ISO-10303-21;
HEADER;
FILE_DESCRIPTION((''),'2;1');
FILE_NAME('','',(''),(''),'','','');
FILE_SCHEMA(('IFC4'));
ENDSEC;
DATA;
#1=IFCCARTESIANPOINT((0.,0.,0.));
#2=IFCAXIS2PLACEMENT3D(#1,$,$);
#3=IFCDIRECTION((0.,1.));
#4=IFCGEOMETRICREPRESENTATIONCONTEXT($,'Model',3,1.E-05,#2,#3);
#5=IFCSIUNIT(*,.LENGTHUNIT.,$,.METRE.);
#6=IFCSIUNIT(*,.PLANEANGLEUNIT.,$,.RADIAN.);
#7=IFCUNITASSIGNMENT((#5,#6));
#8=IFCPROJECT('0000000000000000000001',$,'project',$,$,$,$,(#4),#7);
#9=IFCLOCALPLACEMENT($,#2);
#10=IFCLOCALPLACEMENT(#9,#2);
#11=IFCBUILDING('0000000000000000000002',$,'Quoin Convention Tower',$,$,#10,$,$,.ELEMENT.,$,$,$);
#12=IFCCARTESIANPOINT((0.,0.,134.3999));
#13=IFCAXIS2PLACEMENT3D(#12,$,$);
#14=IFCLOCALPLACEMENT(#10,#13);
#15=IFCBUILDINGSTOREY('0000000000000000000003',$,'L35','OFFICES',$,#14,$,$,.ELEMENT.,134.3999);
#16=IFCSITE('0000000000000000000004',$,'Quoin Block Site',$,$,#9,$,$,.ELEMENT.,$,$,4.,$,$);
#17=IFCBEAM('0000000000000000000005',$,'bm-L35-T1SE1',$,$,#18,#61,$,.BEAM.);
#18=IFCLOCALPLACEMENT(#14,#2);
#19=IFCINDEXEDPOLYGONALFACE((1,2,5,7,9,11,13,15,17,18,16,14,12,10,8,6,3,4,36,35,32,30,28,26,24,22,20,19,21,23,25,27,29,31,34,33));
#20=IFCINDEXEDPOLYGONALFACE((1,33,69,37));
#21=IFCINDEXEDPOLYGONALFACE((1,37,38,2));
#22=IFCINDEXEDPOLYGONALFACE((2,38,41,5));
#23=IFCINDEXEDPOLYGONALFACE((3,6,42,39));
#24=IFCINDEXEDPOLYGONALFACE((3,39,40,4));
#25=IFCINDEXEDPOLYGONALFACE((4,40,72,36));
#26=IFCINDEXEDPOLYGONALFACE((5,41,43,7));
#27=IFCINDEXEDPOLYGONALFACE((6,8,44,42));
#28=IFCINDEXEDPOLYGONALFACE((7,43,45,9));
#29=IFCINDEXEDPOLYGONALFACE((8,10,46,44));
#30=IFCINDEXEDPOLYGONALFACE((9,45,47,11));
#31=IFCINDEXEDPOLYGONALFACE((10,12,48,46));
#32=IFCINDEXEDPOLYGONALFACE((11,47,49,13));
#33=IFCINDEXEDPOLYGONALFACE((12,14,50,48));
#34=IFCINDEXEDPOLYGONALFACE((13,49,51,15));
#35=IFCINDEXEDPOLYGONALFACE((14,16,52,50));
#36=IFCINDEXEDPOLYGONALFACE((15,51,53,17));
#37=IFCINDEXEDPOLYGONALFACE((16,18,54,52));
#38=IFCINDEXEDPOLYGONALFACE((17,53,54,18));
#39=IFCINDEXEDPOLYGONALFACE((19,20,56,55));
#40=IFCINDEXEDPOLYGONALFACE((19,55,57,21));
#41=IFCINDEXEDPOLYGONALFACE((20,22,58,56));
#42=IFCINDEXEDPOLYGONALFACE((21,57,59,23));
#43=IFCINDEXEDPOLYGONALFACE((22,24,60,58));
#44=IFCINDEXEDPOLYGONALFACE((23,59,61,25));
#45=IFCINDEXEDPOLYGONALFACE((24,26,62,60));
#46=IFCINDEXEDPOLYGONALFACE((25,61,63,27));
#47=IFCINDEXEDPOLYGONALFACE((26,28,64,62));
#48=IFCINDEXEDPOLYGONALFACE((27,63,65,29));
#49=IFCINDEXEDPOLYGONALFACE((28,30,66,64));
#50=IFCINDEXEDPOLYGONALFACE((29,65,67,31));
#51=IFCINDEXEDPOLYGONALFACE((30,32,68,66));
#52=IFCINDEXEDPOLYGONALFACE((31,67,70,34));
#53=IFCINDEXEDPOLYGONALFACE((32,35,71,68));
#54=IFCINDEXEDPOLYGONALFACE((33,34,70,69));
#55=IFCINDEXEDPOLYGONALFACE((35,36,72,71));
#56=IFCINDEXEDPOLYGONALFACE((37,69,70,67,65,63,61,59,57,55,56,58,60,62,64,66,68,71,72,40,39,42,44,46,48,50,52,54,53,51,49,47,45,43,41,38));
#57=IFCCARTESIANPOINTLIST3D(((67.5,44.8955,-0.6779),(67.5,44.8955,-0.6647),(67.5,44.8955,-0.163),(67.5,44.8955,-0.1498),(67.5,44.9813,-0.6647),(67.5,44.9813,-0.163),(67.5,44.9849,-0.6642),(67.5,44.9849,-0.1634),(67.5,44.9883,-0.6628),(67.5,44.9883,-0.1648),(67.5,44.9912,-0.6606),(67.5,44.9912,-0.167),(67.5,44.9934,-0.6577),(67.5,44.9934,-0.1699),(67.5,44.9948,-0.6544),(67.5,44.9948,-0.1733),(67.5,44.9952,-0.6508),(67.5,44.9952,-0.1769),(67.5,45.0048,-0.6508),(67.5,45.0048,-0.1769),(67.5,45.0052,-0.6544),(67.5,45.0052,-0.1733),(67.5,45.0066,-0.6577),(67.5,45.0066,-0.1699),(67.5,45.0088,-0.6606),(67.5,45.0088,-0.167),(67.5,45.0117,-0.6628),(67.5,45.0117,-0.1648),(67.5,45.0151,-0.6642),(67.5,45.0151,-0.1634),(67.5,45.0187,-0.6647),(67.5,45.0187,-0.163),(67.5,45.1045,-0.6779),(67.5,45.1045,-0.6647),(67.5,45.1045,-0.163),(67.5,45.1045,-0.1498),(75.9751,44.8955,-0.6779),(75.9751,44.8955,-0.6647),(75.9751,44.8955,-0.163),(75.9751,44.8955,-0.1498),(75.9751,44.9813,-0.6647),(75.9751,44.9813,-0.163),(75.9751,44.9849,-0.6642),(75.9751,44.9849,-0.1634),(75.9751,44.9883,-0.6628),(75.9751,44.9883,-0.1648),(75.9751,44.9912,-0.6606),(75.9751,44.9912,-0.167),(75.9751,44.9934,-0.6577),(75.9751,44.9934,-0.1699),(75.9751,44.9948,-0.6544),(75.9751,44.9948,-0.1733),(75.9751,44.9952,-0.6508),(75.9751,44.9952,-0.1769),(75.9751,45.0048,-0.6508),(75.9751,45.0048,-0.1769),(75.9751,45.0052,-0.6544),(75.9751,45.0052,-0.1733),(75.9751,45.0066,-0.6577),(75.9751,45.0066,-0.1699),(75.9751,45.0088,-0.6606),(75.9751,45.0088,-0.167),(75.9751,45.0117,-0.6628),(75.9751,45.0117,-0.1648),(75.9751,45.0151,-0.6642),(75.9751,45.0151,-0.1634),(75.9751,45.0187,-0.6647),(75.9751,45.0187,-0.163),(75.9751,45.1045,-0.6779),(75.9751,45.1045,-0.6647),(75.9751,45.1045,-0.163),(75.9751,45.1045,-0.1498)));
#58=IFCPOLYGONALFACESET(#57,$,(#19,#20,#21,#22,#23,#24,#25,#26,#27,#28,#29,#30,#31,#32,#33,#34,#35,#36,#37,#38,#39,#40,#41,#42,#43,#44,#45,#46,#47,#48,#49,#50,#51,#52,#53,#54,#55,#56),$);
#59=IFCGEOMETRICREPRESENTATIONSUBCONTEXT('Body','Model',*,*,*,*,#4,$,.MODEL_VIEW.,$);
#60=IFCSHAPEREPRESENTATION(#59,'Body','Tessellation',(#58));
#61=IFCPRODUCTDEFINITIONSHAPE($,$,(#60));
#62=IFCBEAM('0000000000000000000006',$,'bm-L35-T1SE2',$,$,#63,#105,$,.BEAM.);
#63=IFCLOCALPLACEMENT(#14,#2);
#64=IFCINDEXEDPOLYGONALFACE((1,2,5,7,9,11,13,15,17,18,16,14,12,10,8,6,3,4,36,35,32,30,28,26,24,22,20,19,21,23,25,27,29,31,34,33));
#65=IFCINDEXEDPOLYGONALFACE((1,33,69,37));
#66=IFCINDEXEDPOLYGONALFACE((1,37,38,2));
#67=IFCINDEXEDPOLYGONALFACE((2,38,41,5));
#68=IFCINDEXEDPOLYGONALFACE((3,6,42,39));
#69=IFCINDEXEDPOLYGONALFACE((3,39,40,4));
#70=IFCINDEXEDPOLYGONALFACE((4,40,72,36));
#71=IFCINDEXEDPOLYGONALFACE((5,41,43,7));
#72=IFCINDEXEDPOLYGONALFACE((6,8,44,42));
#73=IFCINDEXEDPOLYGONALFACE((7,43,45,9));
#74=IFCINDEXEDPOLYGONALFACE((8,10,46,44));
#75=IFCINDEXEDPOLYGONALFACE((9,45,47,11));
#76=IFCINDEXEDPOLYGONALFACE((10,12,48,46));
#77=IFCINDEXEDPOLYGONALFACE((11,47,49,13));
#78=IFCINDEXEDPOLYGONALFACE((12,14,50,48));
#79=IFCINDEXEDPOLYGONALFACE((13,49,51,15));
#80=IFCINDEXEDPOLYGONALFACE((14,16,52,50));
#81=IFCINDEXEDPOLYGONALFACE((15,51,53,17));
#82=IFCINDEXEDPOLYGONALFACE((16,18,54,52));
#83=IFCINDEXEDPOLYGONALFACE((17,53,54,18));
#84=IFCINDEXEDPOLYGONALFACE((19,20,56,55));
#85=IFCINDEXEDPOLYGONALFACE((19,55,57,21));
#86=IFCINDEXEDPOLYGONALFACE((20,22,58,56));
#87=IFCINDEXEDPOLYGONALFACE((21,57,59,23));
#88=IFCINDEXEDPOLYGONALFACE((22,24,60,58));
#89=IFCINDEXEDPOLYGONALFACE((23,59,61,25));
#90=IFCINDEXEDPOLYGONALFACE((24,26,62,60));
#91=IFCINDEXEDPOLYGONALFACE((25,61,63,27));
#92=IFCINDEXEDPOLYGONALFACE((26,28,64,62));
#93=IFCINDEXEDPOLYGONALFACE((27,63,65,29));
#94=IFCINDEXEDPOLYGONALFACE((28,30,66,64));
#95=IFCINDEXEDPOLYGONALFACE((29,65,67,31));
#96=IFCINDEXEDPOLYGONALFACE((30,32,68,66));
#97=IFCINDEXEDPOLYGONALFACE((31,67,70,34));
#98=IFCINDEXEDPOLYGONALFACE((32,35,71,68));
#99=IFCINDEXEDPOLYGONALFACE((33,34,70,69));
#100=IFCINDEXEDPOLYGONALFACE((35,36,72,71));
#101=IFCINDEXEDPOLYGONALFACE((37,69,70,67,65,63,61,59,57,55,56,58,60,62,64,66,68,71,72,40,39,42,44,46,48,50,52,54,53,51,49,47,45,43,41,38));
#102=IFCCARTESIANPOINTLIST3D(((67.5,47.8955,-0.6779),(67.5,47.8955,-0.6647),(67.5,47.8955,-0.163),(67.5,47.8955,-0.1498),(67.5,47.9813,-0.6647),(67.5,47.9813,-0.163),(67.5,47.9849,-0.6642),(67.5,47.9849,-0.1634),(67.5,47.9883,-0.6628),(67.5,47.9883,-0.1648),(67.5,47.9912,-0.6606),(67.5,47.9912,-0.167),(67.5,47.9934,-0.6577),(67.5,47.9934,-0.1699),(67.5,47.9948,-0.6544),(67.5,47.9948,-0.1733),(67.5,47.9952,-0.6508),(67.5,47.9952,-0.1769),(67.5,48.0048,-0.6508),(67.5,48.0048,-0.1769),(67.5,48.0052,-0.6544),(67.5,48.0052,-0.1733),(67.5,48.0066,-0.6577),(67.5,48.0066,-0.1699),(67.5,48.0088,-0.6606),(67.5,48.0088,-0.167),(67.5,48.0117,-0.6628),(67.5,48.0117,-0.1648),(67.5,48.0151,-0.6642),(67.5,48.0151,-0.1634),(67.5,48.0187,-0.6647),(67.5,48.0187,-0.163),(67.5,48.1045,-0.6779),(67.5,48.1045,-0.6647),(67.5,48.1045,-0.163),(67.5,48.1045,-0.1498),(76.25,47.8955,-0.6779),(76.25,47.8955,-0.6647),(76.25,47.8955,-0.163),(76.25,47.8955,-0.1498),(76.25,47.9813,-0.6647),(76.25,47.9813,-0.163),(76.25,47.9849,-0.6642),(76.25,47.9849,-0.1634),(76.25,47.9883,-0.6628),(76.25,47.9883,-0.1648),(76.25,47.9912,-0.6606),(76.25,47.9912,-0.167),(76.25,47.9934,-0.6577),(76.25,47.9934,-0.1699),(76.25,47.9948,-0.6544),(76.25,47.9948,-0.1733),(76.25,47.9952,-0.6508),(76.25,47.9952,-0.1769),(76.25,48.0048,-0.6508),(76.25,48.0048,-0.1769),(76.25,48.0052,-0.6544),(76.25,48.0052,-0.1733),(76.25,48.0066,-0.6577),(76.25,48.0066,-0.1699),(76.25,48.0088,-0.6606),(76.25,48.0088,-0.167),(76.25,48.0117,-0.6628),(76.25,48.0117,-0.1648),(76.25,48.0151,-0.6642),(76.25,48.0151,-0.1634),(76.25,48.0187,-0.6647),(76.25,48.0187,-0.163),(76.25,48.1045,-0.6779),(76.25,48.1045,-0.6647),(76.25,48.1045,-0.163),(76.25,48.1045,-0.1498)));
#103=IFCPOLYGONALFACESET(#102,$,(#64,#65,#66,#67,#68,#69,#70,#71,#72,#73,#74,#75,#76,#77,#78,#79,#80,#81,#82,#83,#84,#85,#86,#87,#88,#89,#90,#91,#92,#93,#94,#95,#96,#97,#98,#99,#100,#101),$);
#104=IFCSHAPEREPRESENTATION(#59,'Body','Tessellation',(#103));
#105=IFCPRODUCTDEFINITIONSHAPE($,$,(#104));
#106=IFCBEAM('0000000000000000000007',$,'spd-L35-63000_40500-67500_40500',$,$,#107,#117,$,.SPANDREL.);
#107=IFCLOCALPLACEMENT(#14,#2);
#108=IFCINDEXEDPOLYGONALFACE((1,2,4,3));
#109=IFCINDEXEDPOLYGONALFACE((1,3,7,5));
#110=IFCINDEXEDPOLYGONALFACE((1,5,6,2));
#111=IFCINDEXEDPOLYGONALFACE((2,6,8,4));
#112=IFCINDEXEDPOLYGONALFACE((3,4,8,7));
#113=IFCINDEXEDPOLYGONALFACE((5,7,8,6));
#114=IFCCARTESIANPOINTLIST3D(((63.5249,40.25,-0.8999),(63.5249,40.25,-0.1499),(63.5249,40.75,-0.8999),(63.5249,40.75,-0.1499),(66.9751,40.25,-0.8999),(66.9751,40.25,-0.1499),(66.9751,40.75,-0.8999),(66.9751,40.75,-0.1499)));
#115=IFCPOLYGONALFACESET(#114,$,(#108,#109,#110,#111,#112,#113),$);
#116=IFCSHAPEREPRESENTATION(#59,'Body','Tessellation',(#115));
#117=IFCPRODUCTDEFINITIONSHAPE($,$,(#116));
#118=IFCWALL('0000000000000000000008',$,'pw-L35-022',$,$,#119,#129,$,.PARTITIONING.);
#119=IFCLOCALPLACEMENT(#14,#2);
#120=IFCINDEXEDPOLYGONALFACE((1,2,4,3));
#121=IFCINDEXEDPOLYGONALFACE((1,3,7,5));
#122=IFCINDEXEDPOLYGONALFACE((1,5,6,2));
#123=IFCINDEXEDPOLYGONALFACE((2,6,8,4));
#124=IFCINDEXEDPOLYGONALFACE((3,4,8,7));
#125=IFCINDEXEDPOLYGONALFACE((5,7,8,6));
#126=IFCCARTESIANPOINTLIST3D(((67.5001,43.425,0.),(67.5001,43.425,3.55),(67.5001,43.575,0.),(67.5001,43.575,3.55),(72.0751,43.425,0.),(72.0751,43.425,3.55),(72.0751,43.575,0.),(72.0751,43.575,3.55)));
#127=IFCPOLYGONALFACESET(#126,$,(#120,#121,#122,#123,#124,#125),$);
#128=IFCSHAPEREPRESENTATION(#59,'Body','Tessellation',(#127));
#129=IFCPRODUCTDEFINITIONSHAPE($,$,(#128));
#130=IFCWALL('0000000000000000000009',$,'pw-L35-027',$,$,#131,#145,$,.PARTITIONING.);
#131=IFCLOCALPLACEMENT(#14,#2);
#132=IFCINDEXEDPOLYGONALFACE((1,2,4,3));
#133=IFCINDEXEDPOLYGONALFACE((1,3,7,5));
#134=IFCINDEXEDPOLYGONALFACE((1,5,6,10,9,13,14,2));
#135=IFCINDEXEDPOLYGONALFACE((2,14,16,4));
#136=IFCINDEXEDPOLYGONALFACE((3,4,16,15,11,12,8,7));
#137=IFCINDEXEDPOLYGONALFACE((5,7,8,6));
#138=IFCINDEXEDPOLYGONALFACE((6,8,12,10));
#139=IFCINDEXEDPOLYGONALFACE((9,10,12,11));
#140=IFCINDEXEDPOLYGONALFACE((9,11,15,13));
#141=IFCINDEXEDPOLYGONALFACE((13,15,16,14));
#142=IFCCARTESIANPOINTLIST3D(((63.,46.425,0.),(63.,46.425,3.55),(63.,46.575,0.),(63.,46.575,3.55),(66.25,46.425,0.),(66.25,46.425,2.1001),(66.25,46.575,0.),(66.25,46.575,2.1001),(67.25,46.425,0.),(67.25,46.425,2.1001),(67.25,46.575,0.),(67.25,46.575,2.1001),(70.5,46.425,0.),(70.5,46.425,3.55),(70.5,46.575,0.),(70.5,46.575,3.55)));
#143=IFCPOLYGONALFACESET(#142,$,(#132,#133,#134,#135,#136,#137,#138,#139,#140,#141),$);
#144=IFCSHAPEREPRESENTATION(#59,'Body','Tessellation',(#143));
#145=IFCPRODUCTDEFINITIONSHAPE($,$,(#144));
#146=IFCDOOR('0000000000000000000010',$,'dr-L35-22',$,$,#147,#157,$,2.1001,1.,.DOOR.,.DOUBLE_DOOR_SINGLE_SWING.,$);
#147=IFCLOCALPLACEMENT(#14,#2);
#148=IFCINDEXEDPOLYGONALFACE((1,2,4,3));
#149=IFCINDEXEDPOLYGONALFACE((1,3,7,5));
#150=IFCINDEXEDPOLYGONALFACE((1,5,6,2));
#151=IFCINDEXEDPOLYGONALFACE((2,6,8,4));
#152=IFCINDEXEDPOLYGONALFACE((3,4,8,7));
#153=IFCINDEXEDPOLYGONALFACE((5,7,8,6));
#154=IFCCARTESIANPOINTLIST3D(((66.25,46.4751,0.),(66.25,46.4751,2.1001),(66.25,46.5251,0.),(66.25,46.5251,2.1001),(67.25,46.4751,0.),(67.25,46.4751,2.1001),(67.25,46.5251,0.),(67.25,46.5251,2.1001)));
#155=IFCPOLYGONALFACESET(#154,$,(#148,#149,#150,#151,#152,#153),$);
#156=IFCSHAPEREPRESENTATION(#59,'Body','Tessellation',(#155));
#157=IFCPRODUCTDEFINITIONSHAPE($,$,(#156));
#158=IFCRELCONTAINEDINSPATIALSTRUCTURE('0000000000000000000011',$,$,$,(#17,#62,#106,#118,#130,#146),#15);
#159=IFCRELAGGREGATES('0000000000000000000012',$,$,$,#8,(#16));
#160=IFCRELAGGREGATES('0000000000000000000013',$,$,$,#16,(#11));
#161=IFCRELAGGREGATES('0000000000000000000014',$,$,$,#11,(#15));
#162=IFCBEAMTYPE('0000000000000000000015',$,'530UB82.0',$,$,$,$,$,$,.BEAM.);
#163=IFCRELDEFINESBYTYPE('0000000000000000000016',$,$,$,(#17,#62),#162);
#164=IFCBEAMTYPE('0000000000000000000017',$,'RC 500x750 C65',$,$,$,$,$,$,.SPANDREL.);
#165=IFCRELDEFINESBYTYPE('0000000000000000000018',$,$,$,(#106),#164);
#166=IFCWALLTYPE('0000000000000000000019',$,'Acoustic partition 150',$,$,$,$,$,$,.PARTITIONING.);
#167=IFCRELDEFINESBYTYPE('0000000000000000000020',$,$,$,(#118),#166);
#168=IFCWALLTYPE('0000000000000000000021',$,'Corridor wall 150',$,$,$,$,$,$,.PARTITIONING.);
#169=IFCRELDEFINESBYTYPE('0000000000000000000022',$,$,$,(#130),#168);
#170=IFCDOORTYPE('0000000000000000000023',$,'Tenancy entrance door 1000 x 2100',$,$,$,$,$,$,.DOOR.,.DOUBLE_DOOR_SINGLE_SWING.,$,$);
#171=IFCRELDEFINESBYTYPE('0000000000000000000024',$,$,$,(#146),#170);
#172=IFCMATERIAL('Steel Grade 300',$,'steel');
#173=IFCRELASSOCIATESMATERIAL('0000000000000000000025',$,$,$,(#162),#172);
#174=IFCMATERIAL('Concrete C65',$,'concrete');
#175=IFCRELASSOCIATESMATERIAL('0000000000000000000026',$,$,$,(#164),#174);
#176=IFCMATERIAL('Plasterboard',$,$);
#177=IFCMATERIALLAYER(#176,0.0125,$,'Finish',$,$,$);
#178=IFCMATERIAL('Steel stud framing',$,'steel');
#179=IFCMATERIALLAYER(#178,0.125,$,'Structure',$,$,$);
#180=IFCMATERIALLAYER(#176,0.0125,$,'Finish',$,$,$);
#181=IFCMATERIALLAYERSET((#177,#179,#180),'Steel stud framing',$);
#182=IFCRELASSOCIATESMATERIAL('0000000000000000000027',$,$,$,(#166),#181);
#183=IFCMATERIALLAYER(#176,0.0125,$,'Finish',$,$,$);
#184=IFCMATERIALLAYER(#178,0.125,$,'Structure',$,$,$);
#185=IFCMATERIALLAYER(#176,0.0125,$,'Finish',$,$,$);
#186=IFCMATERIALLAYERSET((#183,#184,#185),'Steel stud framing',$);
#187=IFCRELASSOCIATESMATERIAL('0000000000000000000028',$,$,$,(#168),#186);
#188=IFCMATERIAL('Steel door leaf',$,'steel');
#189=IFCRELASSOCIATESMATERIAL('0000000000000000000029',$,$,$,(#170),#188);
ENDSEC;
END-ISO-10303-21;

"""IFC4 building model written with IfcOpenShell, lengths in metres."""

from ifc_helpers import new_model, si_unit, direction, frame, frame_2d, origin, origin_2d, place, context, subcontext, project, spatial, rectangle, i_section, extrude, material, layer, layer_set, material_profile, profile_set, type_object, element, fill, save


model = new_model("IFC4")

# Units and contexts
model_context = context("Model", 3, precision=1e-05, world=origin(), true_north=direction((0.0, 1.0)))
body_context = subcontext(model_context, "Body", "Model", "MODEL_VIEW")
ifc_project = project(units=[si_unit("LENGTHUNIT", "METRE"), si_unit("PLANEANGLEUNIT", "RADIAN")], contexts=[model_context])

# Site, building, storey
site_placement = place(None, origin())
site = spatial("IfcSite", under=ifc_project, at=site_placement, Name="Quoin Block Site", CompositionType="ELEMENT", RefElevation=4.0)
building_placement = place(site_placement, origin())
building = spatial("IfcBuilding", under=site, at=building_placement, Name="Quoin Convention Tower", CompositionType="ELEMENT")
storey_placement = place(building_placement, frame((0.0, 0.0, 134.3999)))
storey = spatial("IfcBuildingStorey", under=building, at=storey_placement, Name="L35", Description="OFFICES", CompositionType="ELEMENT", Elevation=134.3999)

# Shared definitions
ifc_material_1 = material(Name="Concrete C65", Category="concrete")

# Beams
ifc_material_2 = material(Name="Steel Grade 300", Category="steel")
ifc_material_profile_1 = material_profile(ifc_material_2, i_section(OverallWidth=0.209, OverallDepth=0.5281, WebThickness=0.0095, FlangeThickness=0.0132, FilletRadius=0.0139, at=origin_2d()), Name="530UB82.0")
ifc_profile_set_1 = profile_set([ifc_material_profile_1], Name="Steel Grade 300")
beam_type_1 = type_object("IfcBeamType", Name="530UB82.0", PredefinedType="BEAM", material=ifc_profile_set_1)
beam_1_placement = place(storey_placement, frame((67.5, 45.0, -0.4138), z_axis=(1.0, 0.0, 0.0), x_axis=(0.0, 1.0, 0.0)))
element("IfcBeam", 1, at=beam_1_placement, inside=storey, type_object=beam_type_1, Name="bm-L35-T1SE1", PredefinedType="BEAM", context=body_context, shape_type="SweptSolid", body=[
    extrude(i_section(OverallWidth=0.209, OverallDepth=0.5281, WebThickness=0.0095, FlangeThickness=0.0132, FilletRadius=0.0139, at=origin_2d()), origin(), (0.0, 0.0, 1.0), 8.4751),
])
beam_2_placement = place(storey_placement, frame((67.5, 48.0, -0.4138), z_axis=(1.0, 0.0, 0.0), x_axis=(0.0, 1.0, 0.0)))
element("IfcBeam", 2, at=beam_2_placement, inside=storey, type_object=beam_type_1, Name="bm-L35-T1SE2", PredefinedType="BEAM", context=body_context, shape_type="SweptSolid", body=[
    extrude(i_section(OverallWidth=0.209, OverallDepth=0.5281, WebThickness=0.0095, FlangeThickness=0.0132, FilletRadius=0.0139, at=origin_2d()), origin(), (0.0, 0.0, 1.0), 8.75),
])
ifc_material_profile_2 = material_profile(ifc_material_1, rectangle(XDim=0.5, YDim=0.75, at=origin_2d()), Name="RC 500x750")
ifc_profile_set_2 = profile_set([ifc_material_profile_2], Name="Concrete C65")
beam_type_2 = type_object("IfcBeamType", Name="RC 500x750 C65", PredefinedType="SPANDREL", material=ifc_profile_set_2)
beam_3_placement = place(storey_placement, frame((63.5249, 40.5, -0.5249), z_axis=(1.0, 0.0, 0.0), x_axis=(0.0, 1.0, 0.0)))
element("IfcBeam", 3, at=beam_3_placement, inside=storey, type_object=beam_type_2, Name="spd-L35-63000_40500-67500_40500", PredefinedType="SPANDREL", context=body_context, shape_type="SweptSolid", body=[
    extrude(rectangle(XDim=0.5, YDim=0.75, at=origin_2d()), origin(), (0.0, 0.0, 1.0), 3.4502),
])

# Wall
ifc_material_3 = material(Name="Plasterboard")
ifc_layer_1 = layer(ifc_material_3, 0.0125, Name="Finish")
ifc_material_4 = material(Name="Steel stud framing", Category="steel")
ifc_layer_2 = layer(ifc_material_4, 0.125, Name="Structure")
ifc_layer_3 = layer(ifc_material_3, 0.0125, Name="Finish")
ifc_layer_set_1 = layer_set([ifc_layer_1, ifc_layer_2, ifc_layer_3], Name="Steel stud framing")
wall_type_1 = type_object("IfcWallType", Name="Acoustic partition 150", PredefinedType="PARTITIONING", material=ifc_layer_set_1)
wall_1_placement = place(storey_placement, frame((67.5, 43.5, 0.0), z_axis=(0.0, 0.0, 1.0), x_axis=(1.0, 0.0, 0.0)))
element("IfcWall", 4, at=wall_1_placement, inside=storey, type_object=wall_type_1, Name="pw-L35-022", PredefinedType="PARTITIONING", context=body_context, shape_type="SweptSolid", body=[
    extrude(rectangle(XDim=4.575, YDim=0.1499, at=frame_2d((2.2876, 0.0))), origin(), (0.0, 0.0, 1.0), 3.55),
])

# Wall, opening, door
ifc_layer_4 = layer(ifc_material_3, 0.0125, Name="Finish")
ifc_layer_5 = layer(ifc_material_4, 0.125, Name="Structure")
ifc_layer_6 = layer(ifc_material_3, 0.0125, Name="Finish")
ifc_layer_set_2 = layer_set([ifc_layer_4, ifc_layer_5, ifc_layer_6], Name="Steel stud framing")
wall_type_2 = type_object("IfcWallType", Name="Corridor wall 150", PredefinedType="PARTITIONING", material=ifc_layer_set_2)
wall_2_placement = place(storey_placement, frame((63.0, 46.5, 0.0), z_axis=(0.0, 0.0, 1.0), x_axis=(1.0, 0.0, 0.0)))
wall_2 = element("IfcWall", 5, at=wall_2_placement, inside=storey, type_object=wall_type_2, Name="pw-L35-027", PredefinedType="PARTITIONING", context=body_context, shape_type="SweptSolid", body=[
    extrude(rectangle(XDim=7.5, YDim=0.1499, at=frame_2d((3.75, 0.0))), origin(), (0.0, 0.0, 1.0), 3.55),
])
opening_1_placement = place(wall_2_placement, frame((3.25, 0.0, 0.0)))
opening_1 = element("IfcOpeningElement", 6, at=opening_1_placement, cuts=wall_2, PredefinedType="OPENING", context=body_context, shape_type="SweptSolid", body=[
    extrude(rectangle(XDim=1.0, YDim=2.1001, at=frame_2d((0.5, 1.05))), frame((0.0, 0.085, 0.0), z_axis=(0.0, -1.0, 0.0), x_axis=(1.0, 0.0, 0.0)), (0.0, 0.0, 1.0), 0.1699),
])
ifc_material_5 = material(Name="Steel door leaf", Category="steel")
door_type_1 = type_object("IfcDoorType", Name="Tenancy entrance door 1000 x 2100", OperationType="DOUBLE_DOOR_SINGLE_SWING", PredefinedType="DOOR", material=ifc_material_5)
door_1_placement = place(opening_1_placement, frame((1.0, 0.0, 0.0), z_axis=(0.0, 0.0, 1.0), x_axis=(-1.0, 0.0, 0.0)))
door_1 = element("IfcDoor", 7, at=door_1_placement, inside=storey, type_object=door_type_1, Name="dr-L35-22", OperationType="DOUBLE_DOOR_SINGLE_SWING", OverallHeight=2.1001, OverallWidth=1.0, PredefinedType="DOOR", context=body_context, shape_type="SweptSolid", body=[
    extrude(rectangle(XDim=1.0, YDim=2.1001, at=frame_2d((0.5, 1.05))), frame((0.0, 0.0249, 0.0), z_axis=(0.0, -1.0, 0.0), x_axis=(1.0, 0.0, 0.0)), (0.0, 0.0, 1.0), 0.05),
])
fill(opening_1, door_1)

save(model, "model.ifc")
